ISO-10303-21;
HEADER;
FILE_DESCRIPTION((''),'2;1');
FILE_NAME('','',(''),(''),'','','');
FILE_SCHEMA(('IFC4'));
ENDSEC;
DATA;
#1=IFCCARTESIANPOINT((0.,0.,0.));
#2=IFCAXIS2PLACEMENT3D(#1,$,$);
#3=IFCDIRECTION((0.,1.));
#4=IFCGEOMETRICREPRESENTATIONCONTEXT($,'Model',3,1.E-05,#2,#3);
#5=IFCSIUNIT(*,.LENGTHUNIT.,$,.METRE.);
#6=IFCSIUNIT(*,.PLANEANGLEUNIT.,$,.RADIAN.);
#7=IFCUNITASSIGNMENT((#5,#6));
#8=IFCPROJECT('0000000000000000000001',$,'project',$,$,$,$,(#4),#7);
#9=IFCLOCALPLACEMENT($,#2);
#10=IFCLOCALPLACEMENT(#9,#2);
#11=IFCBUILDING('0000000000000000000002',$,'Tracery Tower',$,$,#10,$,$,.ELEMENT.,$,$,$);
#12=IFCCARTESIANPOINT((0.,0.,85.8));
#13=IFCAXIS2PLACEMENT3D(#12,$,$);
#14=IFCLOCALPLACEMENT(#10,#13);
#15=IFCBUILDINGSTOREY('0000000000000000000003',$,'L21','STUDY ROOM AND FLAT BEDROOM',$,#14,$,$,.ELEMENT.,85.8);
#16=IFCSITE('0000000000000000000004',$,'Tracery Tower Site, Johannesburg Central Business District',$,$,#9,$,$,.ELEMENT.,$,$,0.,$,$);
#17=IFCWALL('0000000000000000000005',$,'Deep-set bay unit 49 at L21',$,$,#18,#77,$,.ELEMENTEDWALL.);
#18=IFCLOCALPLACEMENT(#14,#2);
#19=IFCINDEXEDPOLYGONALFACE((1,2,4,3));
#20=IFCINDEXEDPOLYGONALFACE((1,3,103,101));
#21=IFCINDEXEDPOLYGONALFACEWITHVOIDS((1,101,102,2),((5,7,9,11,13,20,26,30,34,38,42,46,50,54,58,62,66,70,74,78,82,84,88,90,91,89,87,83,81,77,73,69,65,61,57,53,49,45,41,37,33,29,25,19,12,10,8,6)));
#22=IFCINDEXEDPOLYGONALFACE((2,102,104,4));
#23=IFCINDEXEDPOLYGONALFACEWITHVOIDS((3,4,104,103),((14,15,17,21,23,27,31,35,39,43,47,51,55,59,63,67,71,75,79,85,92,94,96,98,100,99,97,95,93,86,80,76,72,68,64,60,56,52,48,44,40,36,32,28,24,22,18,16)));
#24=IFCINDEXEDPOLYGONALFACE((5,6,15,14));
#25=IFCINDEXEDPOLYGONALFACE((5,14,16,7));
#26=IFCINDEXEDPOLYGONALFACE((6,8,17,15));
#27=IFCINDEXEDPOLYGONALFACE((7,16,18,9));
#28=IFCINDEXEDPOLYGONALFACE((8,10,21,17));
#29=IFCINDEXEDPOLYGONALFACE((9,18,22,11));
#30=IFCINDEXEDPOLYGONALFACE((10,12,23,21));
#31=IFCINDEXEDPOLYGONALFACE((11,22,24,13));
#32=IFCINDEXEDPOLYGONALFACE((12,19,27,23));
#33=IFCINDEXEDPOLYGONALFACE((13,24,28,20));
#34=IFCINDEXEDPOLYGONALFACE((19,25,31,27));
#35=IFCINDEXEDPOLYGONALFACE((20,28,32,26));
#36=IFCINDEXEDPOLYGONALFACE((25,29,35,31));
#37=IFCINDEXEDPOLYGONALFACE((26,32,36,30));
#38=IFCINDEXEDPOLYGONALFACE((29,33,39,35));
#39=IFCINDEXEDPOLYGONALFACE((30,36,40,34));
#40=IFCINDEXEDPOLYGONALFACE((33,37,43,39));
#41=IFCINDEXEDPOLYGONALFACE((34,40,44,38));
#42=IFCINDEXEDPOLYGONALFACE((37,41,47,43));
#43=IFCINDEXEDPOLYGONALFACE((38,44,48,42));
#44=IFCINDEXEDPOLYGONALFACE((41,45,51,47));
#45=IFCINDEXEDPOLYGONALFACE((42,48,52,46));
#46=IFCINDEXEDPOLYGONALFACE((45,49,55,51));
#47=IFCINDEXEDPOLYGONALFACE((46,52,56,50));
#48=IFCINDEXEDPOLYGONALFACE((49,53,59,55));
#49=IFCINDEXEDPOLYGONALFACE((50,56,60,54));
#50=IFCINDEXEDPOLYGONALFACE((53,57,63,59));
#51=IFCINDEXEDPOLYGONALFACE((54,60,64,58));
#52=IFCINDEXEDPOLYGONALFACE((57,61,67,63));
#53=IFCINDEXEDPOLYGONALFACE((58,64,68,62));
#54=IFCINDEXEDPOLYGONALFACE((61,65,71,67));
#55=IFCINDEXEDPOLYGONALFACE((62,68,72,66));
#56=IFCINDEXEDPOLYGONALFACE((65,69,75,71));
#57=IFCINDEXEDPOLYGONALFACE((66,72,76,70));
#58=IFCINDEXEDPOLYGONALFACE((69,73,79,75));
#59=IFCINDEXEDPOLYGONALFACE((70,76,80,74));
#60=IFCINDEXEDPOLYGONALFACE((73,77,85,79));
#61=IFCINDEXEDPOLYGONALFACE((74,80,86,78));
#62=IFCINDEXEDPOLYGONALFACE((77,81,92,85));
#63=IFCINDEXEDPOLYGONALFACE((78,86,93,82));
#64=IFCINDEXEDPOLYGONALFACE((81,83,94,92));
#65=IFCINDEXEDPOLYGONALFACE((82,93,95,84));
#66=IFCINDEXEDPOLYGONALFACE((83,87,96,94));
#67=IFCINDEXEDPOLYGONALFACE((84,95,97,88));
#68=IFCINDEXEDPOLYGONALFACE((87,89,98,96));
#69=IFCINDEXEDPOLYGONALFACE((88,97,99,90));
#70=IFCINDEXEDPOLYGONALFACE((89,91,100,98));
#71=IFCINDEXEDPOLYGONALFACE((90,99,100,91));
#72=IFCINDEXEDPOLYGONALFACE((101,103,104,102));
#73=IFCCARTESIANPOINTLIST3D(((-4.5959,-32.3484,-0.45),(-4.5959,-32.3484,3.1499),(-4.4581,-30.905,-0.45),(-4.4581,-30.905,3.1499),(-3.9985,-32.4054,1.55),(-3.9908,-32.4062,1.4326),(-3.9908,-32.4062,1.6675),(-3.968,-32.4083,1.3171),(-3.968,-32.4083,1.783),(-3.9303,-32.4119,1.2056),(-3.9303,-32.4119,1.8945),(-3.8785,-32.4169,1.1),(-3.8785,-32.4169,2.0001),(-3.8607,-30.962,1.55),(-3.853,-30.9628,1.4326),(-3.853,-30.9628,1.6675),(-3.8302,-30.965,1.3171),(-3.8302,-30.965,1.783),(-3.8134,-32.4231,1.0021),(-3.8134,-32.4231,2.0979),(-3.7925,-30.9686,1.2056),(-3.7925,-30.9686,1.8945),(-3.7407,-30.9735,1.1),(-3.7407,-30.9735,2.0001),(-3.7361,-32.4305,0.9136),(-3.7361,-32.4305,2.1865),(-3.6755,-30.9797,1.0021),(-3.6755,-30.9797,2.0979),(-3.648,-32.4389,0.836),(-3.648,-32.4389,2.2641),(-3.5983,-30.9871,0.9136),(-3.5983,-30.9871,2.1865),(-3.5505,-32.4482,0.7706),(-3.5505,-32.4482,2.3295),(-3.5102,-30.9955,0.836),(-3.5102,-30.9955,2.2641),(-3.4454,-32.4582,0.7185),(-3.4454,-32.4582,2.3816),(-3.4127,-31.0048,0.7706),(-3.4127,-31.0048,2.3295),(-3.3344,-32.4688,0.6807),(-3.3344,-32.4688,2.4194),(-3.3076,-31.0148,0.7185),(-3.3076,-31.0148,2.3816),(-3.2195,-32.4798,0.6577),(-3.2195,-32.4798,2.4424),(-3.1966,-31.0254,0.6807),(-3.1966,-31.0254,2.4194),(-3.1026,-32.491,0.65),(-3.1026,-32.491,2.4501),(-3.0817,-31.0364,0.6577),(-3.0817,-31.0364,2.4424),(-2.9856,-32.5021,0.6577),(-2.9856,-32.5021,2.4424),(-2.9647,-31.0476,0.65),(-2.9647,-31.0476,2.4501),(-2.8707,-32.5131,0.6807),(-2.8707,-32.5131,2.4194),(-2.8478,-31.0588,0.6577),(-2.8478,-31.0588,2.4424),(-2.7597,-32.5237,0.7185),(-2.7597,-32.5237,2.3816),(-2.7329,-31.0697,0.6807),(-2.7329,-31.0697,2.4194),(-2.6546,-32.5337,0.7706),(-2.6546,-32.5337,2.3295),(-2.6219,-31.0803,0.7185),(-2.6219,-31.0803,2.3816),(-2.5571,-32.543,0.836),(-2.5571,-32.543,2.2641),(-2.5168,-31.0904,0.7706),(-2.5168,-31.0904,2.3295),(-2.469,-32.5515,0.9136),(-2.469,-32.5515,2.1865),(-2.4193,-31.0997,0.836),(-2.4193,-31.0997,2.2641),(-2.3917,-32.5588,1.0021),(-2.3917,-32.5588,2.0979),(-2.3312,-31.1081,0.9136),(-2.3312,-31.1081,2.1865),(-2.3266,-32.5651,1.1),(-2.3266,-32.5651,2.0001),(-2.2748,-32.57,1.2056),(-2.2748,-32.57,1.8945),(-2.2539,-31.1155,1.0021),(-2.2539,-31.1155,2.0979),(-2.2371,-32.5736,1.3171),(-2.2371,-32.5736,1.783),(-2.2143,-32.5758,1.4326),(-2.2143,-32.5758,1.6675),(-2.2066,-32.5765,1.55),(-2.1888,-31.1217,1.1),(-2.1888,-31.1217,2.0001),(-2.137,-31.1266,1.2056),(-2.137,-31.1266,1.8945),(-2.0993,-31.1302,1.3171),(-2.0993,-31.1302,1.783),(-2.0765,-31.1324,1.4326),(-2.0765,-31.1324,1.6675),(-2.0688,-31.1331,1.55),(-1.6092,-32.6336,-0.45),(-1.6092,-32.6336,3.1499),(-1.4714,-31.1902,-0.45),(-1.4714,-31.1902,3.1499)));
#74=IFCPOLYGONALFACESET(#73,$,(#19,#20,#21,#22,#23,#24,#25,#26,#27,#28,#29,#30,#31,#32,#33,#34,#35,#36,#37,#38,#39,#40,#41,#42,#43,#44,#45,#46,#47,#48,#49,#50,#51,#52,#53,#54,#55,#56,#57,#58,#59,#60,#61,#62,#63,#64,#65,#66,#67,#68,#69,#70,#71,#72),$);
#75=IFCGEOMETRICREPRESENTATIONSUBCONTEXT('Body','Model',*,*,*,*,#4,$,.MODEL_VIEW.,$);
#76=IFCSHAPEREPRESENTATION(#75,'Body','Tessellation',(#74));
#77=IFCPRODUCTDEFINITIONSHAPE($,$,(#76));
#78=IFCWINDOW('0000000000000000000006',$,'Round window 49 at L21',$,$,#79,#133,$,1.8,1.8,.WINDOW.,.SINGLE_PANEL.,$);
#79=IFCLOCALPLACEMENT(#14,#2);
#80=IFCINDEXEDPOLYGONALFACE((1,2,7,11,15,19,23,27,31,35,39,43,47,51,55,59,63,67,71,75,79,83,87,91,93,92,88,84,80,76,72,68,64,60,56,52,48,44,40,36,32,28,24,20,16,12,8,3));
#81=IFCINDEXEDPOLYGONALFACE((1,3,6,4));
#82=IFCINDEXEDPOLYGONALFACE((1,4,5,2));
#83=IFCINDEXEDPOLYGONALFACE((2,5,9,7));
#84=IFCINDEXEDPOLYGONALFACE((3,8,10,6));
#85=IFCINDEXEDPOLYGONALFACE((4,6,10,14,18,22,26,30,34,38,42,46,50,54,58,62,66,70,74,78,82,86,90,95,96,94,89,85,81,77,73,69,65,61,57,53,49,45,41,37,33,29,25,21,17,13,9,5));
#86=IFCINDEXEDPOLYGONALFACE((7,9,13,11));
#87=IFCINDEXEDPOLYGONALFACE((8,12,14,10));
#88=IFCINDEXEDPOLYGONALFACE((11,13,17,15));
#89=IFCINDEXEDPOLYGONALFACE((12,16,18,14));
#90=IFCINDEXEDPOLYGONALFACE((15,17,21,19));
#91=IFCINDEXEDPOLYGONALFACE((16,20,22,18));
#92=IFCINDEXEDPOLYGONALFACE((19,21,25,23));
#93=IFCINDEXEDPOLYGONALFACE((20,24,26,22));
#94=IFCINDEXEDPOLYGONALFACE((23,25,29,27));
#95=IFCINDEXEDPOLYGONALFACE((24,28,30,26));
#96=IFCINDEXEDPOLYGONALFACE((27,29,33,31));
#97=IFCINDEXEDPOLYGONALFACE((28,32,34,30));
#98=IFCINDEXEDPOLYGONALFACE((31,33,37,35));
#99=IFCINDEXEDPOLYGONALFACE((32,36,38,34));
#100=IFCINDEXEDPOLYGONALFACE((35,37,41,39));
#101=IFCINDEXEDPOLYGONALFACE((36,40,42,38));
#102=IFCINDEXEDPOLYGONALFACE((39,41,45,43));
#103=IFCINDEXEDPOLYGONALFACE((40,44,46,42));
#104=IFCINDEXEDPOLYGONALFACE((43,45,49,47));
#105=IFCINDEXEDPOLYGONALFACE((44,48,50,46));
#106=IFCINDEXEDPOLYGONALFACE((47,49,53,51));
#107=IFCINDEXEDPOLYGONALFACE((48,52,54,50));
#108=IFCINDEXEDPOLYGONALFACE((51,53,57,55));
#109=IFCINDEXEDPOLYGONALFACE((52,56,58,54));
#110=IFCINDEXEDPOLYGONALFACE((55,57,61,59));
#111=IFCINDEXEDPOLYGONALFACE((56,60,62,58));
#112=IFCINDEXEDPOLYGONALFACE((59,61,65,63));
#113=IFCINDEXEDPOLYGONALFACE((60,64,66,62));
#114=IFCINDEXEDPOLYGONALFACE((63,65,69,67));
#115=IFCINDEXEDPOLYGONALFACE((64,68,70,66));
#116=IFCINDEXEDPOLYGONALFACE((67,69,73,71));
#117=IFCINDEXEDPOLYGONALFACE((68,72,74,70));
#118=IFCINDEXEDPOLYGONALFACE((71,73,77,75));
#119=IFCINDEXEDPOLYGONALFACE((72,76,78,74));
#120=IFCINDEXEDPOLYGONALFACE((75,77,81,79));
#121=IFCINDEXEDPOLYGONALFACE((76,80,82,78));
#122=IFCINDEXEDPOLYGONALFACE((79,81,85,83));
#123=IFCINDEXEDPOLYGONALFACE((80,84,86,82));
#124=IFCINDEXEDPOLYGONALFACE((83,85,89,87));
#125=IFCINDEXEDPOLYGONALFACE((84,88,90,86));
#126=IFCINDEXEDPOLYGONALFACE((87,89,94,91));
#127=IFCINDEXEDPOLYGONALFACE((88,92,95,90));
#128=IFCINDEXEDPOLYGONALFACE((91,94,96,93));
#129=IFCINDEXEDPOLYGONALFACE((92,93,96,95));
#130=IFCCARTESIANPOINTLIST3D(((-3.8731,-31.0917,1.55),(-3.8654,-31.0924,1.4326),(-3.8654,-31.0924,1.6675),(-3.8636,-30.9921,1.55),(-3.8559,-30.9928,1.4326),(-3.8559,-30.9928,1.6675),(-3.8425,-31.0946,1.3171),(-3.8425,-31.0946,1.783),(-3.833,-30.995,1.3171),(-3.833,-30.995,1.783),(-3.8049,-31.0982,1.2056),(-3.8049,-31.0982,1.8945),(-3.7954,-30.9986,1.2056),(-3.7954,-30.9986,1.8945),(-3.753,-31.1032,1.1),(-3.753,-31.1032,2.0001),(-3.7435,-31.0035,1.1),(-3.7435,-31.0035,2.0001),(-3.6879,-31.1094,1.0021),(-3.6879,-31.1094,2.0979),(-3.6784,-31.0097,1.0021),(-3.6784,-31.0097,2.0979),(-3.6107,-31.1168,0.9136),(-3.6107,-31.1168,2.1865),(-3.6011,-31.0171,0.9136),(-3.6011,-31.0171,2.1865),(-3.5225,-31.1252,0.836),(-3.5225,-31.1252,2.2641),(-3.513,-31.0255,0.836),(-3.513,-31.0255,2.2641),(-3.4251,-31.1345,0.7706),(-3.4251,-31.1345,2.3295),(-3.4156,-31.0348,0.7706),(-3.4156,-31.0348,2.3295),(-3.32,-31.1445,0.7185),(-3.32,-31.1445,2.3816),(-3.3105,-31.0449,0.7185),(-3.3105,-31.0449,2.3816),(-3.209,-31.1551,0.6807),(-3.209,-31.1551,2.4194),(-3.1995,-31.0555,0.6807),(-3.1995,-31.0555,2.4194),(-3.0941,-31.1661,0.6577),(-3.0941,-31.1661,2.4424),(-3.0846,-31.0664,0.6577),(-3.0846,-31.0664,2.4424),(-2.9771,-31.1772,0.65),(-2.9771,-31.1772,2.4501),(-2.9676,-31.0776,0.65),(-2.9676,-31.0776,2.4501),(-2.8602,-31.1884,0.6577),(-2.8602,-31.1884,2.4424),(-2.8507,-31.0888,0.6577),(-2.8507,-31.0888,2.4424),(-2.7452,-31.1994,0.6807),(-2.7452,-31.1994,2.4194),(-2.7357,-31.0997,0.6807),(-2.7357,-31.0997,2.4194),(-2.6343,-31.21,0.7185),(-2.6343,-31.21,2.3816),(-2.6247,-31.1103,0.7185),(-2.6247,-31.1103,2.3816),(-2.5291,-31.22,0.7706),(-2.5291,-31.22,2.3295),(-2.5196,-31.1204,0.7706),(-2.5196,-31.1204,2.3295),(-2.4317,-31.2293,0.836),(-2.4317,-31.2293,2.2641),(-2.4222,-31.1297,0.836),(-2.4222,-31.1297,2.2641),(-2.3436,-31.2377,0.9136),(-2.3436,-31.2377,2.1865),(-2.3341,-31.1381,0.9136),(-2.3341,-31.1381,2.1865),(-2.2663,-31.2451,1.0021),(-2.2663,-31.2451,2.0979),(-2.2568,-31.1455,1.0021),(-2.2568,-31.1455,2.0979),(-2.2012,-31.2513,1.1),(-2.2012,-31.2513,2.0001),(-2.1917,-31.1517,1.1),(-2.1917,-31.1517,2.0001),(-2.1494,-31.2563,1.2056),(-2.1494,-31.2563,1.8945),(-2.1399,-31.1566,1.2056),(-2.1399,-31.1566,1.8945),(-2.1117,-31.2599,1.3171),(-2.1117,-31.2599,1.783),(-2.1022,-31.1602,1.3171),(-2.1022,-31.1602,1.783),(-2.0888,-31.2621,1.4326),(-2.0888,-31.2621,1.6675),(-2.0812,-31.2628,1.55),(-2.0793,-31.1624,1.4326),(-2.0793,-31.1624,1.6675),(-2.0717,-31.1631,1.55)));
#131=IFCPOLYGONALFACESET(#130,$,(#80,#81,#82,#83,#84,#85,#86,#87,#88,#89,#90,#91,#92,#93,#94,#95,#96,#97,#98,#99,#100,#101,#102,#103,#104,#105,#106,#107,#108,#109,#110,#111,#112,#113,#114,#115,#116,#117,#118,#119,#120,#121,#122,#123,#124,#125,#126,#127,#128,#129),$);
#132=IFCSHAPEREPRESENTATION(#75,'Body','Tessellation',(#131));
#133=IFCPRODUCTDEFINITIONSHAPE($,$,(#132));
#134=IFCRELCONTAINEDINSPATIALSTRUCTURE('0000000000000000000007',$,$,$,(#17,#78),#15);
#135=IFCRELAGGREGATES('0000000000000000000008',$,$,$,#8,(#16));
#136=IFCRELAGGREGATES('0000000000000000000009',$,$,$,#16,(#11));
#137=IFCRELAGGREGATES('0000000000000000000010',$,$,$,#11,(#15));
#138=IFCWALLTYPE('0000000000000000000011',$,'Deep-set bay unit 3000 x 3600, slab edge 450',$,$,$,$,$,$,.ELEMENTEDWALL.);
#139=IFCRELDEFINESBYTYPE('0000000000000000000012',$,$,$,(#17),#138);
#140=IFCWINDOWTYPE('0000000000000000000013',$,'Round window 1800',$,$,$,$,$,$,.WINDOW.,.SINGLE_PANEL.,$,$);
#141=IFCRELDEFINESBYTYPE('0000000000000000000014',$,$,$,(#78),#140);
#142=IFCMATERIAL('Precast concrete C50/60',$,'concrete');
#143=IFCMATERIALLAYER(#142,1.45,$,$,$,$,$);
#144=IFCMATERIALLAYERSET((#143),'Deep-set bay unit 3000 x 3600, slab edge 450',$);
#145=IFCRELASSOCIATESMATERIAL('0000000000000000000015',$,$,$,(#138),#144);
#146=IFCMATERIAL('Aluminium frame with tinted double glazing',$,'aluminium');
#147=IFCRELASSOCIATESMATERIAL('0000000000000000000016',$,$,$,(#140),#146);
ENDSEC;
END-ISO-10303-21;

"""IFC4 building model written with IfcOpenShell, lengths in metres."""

from ifc_helpers import new_model, si_unit, direction, frame, frame_2d, origin, origin_2d, place, context, subcontext, project, spatial, rectangle, circle, extrude, material, layer, layer_set, type_object, element, fill, save


model = new_model("IFC4")

# Units and contexts
model_context = context("Model", 3, precision=1e-05, world=origin(), true_north=direction((0.0, 1.0)))
body_context = subcontext(model_context, "Body", "Model", "MODEL_VIEW")
ifc_project = project(units=[si_unit("LENGTHUNIT", "METRE"), si_unit("PLANEANGLEUNIT", "RADIAN")], contexts=[model_context])

# Site, building, storey
site_placement = place(None, origin())
site = spatial("IfcSite", under=ifc_project, at=site_placement, Name="Tracery Tower Site, Johannesburg Central Business District", CompositionType="ELEMENT", RefElevation=0.0)
building_placement = place(site_placement, origin())
building = spatial("IfcBuilding", under=site, at=building_placement, Name="Tracery Tower", CompositionType="ELEMENT")
storey_placement = place(building_placement, frame((0.0, 0.0, 85.8)))
storey = spatial("IfcBuildingStorey", under=building, at=storey_placement, Name="L21", Description="STUDY ROOM AND FLAT BEDROOM", CompositionType="ELEMENT", Elevation=85.8)

# Wall, opening, window
ifc_material_1 = material(Name="Precast concrete C50/60", Category="concrete")
ifc_layer_1 = layer(ifc_material_1, 1.45)
ifc_layer_set_1 = layer_set([ifc_layer_1], Name="Deep-set bay unit 3000 x 3600, slab edge 450")
wall_type_1 = type_object("IfcWallType", Name="Deep-set bay unit 3000 x 3600, slab edge 450", PredefinedType="ELEMENTEDWALL", material=ifc_layer_set_1)
ifc_material_2 = material(Name="Aluminium frame with tinted double glazing", Category="aluminium")
window_type = type_object("IfcWindowType", Name="Round window 1800", PartitioningType="SINGLE_PANEL", PredefinedType="WINDOW", material=ifc_material_2)
wall_1_placement = place(storey_placement, frame((-4.5269, -31.6267, -0.45), z_axis=(0.0, 0.0, 1.0), x_axis=(0.995473, -0.095047, 0.0)))
wall_1 = element("IfcWall", 1, at=wall_1_placement, inside=storey, type_object=wall_type_1, Name="Deep-set bay unit 49 at L21", PredefinedType="ELEMENTEDWALL", context=body_context, shape_type="SweptSolid", body=[
    extrude(rectangle(XDim=3.0002, YDim=1.45, at=frame_2d((1.5, 0.0))), origin(), (0.0, 0.0, 1.0), 3.5999),
])
opening_1_placement = place(wall_1_placement, frame((1.5, 0.0, 2.0)))
opening_1 = element("IfcOpeningElement", 2, at=opening_1_placement, cuts=wall_1, PredefinedType="OPENING", context=body_context, shape_type="SweptSolid", body=[
    extrude(circle(Radius=0.9, at=origin_2d()), frame((0.0, 0.7349, 0.0), z_axis=(0.0, -1.0, 0.0), x_axis=(1.0, 0.0, 0.0)), (0.0, 0.0, 1.0), 1.47),
])
window_1_placement = place(opening_1_placement, origin())
window_1 = element("IfcWindow", 3, at=window_1_placement, inside=storey, type_object=window_type, Name="Round window 49 at L21", OverallHeight=1.8, OverallWidth=1.8, PartitioningType="SINGLE_PANEL", PredefinedType="WINDOW", context=body_context, shape_type="SweptSolid", body=[
    extrude(circle(Radius=0.9, at=origin_2d()), frame((0.0, 0.6948, 0.0), z_axis=(0.0, -1.0, 0.0), x_axis=(1.0, 0.0, 0.0)), (0.0, 0.0, 1.0), 0.1001),
])
fill(opening_1, window_1)

save(model, "model.ifc")
